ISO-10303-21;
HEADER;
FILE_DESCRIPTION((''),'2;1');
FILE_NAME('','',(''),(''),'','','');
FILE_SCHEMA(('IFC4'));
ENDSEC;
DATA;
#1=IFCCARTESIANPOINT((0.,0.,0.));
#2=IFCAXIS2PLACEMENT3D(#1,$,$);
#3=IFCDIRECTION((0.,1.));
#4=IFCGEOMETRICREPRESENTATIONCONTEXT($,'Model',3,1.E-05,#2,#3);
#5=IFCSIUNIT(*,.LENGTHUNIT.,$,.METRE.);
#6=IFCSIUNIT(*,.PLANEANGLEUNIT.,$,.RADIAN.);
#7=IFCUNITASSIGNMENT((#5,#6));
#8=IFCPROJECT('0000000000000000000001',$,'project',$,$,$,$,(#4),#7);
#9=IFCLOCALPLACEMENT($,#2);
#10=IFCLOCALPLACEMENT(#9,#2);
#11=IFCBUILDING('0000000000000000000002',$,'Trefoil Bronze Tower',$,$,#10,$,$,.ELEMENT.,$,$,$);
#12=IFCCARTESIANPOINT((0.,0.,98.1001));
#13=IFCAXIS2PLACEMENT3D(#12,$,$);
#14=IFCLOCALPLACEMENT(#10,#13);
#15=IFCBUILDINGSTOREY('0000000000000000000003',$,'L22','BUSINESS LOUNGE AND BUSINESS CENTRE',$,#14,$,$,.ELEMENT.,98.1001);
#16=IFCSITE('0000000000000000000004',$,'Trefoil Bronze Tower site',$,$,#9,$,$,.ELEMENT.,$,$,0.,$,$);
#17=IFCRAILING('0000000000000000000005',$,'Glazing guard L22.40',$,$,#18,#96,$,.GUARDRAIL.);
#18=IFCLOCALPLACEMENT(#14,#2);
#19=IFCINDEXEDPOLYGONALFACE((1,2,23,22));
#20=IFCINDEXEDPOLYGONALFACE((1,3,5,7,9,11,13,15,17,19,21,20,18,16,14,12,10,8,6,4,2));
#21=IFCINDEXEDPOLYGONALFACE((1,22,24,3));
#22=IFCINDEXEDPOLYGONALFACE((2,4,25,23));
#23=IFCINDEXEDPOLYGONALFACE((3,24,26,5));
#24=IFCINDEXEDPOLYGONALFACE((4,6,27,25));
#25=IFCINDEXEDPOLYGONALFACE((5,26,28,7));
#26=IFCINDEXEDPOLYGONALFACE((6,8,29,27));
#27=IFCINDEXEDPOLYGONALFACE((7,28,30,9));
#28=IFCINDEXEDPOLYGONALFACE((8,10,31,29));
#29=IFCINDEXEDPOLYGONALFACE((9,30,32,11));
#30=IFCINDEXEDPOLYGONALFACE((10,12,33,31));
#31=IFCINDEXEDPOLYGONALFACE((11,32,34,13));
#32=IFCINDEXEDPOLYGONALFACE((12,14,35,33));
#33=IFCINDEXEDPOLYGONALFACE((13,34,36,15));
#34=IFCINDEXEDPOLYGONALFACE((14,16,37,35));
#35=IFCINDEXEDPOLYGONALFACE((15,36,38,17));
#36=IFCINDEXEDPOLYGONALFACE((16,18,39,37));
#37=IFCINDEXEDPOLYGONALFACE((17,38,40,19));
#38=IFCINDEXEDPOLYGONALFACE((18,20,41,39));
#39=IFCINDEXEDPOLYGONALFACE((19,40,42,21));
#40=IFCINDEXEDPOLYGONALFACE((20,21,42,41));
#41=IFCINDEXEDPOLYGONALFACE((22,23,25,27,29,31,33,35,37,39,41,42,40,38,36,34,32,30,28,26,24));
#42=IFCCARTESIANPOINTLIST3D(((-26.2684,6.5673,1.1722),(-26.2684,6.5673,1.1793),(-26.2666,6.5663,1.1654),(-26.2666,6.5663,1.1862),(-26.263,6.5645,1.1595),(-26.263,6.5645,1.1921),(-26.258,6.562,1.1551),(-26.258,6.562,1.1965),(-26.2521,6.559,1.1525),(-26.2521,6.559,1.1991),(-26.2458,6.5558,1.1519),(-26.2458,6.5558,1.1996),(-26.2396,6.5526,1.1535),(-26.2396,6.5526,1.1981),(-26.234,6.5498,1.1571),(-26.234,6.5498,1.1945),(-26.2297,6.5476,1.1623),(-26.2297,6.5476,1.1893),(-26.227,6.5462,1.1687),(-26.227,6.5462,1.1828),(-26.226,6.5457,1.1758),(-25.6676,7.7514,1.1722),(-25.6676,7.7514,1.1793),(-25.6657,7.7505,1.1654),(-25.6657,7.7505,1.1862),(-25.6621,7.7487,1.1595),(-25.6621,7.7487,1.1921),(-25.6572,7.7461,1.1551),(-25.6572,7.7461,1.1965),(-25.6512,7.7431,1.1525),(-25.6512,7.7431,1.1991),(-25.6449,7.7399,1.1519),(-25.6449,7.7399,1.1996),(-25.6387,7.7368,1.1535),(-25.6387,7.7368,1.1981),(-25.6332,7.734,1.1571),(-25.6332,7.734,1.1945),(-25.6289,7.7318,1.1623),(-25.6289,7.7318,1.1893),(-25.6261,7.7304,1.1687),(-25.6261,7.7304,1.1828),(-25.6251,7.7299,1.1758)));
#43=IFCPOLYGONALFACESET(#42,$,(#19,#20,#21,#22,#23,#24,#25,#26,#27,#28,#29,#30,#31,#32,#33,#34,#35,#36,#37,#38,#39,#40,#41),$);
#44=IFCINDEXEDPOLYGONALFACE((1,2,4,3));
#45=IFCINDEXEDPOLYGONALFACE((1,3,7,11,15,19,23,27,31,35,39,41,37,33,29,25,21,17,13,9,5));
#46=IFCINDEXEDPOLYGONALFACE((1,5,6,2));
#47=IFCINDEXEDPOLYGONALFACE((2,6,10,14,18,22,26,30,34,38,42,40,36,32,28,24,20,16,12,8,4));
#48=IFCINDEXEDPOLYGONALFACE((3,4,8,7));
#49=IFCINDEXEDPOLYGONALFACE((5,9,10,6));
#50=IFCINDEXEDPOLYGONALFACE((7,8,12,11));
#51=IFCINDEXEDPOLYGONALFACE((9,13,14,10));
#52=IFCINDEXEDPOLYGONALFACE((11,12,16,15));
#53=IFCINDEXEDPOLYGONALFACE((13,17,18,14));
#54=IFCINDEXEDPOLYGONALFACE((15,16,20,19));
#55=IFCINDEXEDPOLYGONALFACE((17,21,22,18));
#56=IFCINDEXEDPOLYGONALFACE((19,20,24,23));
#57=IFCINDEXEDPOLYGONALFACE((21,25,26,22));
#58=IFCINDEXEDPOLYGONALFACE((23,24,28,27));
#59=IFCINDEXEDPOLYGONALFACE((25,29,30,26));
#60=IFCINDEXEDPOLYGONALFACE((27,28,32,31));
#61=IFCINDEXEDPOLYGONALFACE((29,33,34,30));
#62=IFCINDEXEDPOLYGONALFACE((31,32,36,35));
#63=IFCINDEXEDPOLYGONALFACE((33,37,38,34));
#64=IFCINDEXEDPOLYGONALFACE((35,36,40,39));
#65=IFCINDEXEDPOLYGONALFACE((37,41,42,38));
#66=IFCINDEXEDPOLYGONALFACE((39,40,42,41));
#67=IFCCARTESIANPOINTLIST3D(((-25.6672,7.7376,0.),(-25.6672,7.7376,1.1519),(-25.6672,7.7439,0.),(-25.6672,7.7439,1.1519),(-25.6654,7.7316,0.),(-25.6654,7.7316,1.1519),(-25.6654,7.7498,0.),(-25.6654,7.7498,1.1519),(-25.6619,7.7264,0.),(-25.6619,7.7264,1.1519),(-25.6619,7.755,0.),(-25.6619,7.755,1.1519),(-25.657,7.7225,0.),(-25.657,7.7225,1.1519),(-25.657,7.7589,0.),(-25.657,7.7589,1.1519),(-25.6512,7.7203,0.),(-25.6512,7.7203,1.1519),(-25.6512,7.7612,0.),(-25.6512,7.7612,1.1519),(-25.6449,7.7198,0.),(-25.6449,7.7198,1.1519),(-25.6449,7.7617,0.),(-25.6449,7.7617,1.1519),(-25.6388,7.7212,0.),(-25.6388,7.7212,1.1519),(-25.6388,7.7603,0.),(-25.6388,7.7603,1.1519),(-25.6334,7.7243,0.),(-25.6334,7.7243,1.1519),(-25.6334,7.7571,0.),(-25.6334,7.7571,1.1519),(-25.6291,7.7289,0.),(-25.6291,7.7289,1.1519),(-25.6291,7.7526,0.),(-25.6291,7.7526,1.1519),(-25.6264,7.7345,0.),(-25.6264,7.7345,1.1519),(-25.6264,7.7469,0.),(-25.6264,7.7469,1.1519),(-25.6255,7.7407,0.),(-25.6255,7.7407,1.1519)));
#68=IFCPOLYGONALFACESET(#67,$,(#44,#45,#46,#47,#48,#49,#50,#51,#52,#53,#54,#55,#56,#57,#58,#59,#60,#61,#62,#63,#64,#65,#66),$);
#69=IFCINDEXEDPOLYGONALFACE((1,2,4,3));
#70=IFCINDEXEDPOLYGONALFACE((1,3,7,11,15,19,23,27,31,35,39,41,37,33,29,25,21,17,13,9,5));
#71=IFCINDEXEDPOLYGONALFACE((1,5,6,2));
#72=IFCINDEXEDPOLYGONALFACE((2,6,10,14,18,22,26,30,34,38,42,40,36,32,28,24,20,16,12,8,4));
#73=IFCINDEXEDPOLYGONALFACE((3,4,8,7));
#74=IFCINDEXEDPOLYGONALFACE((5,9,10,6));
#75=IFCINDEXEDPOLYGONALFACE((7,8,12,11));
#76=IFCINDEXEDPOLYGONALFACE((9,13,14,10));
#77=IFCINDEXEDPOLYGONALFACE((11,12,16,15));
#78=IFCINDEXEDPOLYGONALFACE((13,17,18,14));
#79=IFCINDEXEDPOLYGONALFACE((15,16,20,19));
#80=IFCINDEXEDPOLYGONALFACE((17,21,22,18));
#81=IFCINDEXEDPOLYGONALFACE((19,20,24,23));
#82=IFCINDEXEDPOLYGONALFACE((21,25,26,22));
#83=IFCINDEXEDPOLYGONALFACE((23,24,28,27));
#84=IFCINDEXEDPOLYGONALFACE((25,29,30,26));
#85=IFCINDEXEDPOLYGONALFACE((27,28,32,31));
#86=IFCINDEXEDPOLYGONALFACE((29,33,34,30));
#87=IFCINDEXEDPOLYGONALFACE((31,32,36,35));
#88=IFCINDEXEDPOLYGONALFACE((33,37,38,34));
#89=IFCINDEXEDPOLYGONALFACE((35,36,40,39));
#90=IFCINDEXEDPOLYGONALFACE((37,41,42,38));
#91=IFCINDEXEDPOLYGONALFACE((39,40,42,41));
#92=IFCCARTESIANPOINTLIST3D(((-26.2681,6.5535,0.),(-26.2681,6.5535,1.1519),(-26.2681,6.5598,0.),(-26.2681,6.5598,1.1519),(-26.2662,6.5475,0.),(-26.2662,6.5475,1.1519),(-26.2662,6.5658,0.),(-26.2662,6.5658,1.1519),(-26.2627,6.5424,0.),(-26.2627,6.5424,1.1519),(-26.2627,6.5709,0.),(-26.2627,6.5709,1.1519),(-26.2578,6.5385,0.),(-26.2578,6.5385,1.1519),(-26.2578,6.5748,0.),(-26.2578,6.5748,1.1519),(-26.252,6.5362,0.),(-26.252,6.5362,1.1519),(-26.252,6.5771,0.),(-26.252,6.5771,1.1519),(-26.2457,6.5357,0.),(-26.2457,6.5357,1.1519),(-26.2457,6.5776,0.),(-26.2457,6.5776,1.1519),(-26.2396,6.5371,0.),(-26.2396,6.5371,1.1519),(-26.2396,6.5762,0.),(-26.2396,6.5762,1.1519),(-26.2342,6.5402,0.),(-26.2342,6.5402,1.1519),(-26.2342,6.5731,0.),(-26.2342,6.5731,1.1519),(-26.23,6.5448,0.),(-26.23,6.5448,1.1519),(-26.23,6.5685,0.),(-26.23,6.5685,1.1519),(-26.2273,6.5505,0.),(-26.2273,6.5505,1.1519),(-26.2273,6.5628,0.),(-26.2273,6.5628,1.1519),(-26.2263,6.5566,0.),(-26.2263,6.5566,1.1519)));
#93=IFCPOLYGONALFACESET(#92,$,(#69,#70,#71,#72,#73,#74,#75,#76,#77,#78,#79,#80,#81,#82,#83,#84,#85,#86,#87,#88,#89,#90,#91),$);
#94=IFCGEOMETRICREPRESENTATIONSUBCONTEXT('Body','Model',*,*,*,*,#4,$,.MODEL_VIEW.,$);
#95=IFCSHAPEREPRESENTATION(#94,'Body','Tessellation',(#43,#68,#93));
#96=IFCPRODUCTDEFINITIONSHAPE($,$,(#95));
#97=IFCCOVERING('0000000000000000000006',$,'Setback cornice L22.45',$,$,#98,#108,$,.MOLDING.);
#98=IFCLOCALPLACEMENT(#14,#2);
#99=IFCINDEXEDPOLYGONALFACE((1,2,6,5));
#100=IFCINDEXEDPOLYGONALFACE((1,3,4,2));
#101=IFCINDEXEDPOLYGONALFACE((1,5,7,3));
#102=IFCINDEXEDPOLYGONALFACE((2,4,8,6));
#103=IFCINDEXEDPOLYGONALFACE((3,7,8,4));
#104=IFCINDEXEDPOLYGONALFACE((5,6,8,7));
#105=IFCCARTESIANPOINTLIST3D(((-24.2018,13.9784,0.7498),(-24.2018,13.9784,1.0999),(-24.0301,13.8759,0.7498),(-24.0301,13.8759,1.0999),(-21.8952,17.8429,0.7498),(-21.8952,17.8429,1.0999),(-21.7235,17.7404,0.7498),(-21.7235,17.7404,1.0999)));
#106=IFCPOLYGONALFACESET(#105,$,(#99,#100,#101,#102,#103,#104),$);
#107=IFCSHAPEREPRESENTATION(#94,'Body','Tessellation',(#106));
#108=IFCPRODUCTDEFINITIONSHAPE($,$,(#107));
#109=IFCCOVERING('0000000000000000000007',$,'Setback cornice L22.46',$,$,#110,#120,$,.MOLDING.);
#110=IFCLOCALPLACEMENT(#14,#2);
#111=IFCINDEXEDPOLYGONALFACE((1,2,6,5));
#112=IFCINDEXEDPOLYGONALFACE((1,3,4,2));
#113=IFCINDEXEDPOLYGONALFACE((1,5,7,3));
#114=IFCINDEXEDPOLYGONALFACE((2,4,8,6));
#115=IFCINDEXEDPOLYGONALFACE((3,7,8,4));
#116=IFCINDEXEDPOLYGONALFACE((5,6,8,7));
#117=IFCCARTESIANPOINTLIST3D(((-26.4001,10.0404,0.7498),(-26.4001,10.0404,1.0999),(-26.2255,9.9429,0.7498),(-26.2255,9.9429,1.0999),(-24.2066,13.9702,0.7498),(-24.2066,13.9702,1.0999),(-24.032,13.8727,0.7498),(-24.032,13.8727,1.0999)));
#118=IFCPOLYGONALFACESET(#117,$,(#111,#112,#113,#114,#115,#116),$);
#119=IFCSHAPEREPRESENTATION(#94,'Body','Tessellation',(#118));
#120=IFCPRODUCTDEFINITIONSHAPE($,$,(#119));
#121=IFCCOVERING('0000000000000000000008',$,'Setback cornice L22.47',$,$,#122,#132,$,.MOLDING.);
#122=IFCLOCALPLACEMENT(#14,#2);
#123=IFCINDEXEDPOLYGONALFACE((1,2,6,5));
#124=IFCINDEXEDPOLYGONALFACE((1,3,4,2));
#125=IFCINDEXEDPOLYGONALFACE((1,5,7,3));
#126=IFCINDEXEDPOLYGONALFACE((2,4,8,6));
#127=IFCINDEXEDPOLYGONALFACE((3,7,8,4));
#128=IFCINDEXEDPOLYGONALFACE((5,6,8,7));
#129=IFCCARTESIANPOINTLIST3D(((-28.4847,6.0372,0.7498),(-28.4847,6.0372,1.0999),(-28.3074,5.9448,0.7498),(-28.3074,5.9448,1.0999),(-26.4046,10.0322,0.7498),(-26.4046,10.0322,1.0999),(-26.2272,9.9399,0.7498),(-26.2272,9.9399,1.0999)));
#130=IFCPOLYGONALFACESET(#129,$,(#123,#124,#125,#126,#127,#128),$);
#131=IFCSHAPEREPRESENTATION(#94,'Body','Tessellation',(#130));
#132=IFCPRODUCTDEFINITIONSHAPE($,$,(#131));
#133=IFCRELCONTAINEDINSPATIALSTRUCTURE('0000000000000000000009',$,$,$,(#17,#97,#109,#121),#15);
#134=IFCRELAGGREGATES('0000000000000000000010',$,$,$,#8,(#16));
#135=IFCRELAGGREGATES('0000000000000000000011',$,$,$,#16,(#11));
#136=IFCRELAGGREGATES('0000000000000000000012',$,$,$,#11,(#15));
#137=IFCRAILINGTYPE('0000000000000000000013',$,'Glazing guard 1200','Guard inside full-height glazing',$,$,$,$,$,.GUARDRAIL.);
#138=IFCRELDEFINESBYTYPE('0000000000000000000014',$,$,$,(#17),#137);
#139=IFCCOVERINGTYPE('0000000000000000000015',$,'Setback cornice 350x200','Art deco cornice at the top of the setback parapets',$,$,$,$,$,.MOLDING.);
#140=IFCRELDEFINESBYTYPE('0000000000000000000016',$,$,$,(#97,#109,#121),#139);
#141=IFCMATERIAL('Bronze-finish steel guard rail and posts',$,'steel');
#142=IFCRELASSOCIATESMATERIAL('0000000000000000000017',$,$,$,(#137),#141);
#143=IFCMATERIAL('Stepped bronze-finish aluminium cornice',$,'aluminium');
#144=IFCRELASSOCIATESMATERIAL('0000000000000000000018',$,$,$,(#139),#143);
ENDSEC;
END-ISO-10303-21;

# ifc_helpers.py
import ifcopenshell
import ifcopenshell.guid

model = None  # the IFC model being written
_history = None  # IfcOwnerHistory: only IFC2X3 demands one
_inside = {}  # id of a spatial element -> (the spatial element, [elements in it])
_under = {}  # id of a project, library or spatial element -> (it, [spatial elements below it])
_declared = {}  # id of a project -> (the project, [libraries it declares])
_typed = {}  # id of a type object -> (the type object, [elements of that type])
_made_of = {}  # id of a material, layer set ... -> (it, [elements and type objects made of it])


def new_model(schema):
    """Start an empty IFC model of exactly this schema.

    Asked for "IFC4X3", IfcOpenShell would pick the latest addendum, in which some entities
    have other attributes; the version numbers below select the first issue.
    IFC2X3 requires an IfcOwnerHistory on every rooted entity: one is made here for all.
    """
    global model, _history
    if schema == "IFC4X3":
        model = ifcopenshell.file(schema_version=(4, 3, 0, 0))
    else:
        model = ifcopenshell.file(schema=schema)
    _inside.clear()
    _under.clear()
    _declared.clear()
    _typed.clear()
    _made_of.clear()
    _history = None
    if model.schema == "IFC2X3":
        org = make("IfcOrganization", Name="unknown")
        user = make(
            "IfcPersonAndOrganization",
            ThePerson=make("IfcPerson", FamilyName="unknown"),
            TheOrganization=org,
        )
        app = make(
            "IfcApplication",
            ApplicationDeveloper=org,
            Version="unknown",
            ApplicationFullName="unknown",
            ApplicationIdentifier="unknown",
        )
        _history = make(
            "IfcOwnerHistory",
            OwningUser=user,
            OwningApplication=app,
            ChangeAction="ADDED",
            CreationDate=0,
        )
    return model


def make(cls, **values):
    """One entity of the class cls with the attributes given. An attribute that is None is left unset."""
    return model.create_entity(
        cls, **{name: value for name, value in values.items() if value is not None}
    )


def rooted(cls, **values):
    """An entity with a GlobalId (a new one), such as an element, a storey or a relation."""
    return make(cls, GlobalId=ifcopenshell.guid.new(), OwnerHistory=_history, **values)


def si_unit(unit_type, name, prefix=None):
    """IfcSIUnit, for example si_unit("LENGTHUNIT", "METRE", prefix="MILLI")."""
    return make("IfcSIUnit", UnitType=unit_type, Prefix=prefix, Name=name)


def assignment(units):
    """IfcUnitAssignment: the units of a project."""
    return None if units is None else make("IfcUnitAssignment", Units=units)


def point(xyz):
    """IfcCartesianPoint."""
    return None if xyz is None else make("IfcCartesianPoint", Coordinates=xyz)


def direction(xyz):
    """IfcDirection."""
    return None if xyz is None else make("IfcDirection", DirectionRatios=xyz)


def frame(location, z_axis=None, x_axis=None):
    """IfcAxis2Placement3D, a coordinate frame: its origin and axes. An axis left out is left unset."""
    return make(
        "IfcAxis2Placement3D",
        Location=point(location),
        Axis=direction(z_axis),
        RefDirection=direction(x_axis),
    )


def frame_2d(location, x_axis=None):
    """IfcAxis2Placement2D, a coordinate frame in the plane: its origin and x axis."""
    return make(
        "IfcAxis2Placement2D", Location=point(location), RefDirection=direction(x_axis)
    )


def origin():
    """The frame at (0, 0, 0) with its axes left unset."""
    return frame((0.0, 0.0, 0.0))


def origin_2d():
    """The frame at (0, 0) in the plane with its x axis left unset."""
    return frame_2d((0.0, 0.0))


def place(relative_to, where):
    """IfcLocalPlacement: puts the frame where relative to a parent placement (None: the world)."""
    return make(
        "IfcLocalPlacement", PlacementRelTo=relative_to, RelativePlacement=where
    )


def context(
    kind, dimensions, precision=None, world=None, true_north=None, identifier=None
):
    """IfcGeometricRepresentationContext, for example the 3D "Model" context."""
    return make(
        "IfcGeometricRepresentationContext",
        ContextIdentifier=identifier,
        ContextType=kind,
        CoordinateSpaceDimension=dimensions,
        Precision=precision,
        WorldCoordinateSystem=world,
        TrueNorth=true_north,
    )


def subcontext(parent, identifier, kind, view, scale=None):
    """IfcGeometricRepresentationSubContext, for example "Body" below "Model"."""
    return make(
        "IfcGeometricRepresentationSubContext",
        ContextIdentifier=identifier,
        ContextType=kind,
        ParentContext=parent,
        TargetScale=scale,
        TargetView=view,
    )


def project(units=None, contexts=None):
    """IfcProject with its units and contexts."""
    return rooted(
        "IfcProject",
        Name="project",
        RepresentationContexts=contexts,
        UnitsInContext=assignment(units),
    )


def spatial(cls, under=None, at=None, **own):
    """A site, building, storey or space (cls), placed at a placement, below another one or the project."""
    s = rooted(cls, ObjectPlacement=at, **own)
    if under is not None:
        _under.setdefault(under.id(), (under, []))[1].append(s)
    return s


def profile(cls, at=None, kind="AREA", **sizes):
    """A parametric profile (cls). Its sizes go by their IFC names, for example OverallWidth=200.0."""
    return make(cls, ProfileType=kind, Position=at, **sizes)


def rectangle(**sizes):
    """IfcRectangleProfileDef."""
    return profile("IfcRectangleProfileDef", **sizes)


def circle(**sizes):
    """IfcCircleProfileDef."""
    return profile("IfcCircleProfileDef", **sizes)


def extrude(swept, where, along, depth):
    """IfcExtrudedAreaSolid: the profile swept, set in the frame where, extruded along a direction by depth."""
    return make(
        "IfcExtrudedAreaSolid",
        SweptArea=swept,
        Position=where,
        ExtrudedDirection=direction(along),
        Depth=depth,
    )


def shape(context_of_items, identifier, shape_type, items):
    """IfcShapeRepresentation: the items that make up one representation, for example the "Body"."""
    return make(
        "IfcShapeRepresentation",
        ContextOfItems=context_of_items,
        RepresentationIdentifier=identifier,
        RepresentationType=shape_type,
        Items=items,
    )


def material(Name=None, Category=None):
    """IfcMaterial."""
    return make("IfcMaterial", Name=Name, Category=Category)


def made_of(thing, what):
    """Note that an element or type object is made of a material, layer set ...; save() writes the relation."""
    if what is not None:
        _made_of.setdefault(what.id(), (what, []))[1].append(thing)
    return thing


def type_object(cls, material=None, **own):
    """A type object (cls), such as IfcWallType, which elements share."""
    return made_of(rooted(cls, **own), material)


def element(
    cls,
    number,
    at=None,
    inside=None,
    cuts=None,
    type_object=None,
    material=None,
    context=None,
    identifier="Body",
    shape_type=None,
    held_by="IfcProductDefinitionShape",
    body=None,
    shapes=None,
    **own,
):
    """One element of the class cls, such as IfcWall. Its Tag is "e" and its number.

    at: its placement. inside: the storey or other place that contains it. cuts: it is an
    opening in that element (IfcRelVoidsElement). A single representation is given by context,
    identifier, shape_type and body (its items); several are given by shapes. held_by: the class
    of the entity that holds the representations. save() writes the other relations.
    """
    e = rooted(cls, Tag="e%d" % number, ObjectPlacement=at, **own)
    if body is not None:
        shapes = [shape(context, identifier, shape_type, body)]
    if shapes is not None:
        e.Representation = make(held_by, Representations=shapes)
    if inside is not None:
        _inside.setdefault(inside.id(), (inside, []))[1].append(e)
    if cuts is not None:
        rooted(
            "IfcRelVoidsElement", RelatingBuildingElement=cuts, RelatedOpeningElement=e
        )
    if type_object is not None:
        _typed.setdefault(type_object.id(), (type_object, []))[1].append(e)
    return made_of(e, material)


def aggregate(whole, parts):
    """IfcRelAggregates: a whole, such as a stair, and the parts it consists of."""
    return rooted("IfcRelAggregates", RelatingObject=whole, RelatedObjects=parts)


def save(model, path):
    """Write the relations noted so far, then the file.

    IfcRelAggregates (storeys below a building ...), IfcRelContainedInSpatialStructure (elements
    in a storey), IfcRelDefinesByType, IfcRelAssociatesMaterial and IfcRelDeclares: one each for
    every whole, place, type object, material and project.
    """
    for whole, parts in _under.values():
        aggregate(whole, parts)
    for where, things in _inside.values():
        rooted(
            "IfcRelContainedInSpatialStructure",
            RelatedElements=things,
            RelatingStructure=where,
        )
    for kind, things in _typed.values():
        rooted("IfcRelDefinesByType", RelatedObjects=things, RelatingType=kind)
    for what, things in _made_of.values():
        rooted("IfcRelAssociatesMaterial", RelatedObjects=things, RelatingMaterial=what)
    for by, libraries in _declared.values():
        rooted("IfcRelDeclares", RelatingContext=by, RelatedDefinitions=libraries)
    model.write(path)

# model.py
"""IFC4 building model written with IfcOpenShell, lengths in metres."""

from ifc_helpers import new_model, si_unit, direction, frame, origin, origin_2d, place, context, subcontext, project, spatial, rectangle, circle, extrude, material, type_object, element, save


model = new_model("IFC4")

# Units and contexts
model_context = context("Model", 3, precision=1e-05, world=origin(), true_north=direction((0.0, 1.0)))
body_context = subcontext(model_context, "Body", "Model", "MODEL_VIEW")
ifc_project = project(units=[si_unit("LENGTHUNIT", "METRE"), si_unit("PLANEANGLEUNIT", "RADIAN")], contexts=[model_context])

# Site, building, storey
site_placement = place(None, origin())
site = spatial("IfcSite", under=ifc_project, at=site_placement, Name="Trefoil Bronze Tower site", CompositionType="ELEMENT", RefElevation=0.0)
building_placement = place(site_placement, origin())
building = spatial("IfcBuilding", under=site, at=building_placement, Name="Trefoil Bronze Tower", CompositionType="ELEMENT")
storey_placement = place(building_placement, frame((0.0, 0.0, 98.1001)))
storey = spatial("IfcBuildingStorey", under=building, at=storey_placement, Name="L22", Description="BUSINESS LOUNGE AND BUSINESS CENTRE", CompositionType="ELEMENT", Elevation=98.1001)

# Railing
ifc_material_1 = material(Name="Bronze-finish steel guard rail and posts", Category="steel")
railing_type = type_object("IfcRailingType", Name="Glazing guard 1200", Description="Guard inside full-height glazing", PredefinedType="GUARDRAIL", material=ifc_material_1)
railing_placement = place(storey_placement, frame((-25.6465, 7.7407, 0.0)))
element("IfcRailing", 1, at=railing_placement, inside=storey, type_object=railing_type, Name="Glazing guard L22.40", PredefinedType="GUARDRAIL", context=body_context, shape_type="SweptSolid", body=[
    extrude(circle(Radius=0.0239, at=origin_2d()), frame((0.0, 0.0, 1.1758), z_axis=(-0.452501, -0.891764, 0.0), x_axis=(0.891764, -0.452501, 0.0)), (0.0, 0.0, 1.0), 1.3279),
    extrude(circle(Radius=0.021, at=origin_2d()), origin(), (0.0, 0.0, 1.0), 1.1519),
    extrude(circle(Radius=0.021, at=origin_2d()), frame((-0.6008, -1.1841, 0.0)), (0.0, 0.0, 1.0), 1.1519),
])

# Coverings
ifc_material_2 = material(Name="Stepped bronze-finish aluminium cornice", Category="aluminium")
covering_type = type_object("IfcCoveringType", Name="Setback cornice 350x200", Description="Art deco cornice at the top of the setback parapets", PredefinedType="MOLDING", material=ifc_material_2)
for number, where, z_axis, x_axis, name in (
    (2, (-22.9626, 15.8594, 0.7498), (0.0, 0.0, 1.0), (-0.512513, -0.85868, 0.0), "Setback cornice L22.45"),
    (3, (-25.2161, 11.9565, 0.7498), (0.0, 0.0, 1.0), (-0.487382, -0.873189, 0.0), "Setback cornice L22.46"),
):
    element("IfcCovering", number, at=place(storey_placement, frame(where, z_axis=z_axis, x_axis=x_axis)), inside=storey, type_object=covering_type, Name=name, PredefinedType="MOLDING", context=body_context, shape_type="SweptSolid", body=[
        extrude(rectangle(XDim=4.5005, YDim=0.2, at=origin_2d()), origin(), (0.0, 0.0, 1.0), 0.3501),
    ])
covering_placement = place(storey_placement, frame((-27.356, 7.9885, 0.7498), z_axis=(0.0, 0.0, 1.0), x_axis=(-0.46183, -0.886969, 0.0)))
element("IfcCovering", 4, at=covering_placement, inside=storey, type_object=covering_type, Name="Setback cornice L22.47", PredefinedType="MOLDING", context=body_context, shape_type="SweptSolid", body=[
    extrude(rectangle(XDim=4.5042, YDim=0.2, at=origin_2d()), origin(), (0.0, 0.0, 1.0), 0.3501),
])

save(model, "model.ifc")
